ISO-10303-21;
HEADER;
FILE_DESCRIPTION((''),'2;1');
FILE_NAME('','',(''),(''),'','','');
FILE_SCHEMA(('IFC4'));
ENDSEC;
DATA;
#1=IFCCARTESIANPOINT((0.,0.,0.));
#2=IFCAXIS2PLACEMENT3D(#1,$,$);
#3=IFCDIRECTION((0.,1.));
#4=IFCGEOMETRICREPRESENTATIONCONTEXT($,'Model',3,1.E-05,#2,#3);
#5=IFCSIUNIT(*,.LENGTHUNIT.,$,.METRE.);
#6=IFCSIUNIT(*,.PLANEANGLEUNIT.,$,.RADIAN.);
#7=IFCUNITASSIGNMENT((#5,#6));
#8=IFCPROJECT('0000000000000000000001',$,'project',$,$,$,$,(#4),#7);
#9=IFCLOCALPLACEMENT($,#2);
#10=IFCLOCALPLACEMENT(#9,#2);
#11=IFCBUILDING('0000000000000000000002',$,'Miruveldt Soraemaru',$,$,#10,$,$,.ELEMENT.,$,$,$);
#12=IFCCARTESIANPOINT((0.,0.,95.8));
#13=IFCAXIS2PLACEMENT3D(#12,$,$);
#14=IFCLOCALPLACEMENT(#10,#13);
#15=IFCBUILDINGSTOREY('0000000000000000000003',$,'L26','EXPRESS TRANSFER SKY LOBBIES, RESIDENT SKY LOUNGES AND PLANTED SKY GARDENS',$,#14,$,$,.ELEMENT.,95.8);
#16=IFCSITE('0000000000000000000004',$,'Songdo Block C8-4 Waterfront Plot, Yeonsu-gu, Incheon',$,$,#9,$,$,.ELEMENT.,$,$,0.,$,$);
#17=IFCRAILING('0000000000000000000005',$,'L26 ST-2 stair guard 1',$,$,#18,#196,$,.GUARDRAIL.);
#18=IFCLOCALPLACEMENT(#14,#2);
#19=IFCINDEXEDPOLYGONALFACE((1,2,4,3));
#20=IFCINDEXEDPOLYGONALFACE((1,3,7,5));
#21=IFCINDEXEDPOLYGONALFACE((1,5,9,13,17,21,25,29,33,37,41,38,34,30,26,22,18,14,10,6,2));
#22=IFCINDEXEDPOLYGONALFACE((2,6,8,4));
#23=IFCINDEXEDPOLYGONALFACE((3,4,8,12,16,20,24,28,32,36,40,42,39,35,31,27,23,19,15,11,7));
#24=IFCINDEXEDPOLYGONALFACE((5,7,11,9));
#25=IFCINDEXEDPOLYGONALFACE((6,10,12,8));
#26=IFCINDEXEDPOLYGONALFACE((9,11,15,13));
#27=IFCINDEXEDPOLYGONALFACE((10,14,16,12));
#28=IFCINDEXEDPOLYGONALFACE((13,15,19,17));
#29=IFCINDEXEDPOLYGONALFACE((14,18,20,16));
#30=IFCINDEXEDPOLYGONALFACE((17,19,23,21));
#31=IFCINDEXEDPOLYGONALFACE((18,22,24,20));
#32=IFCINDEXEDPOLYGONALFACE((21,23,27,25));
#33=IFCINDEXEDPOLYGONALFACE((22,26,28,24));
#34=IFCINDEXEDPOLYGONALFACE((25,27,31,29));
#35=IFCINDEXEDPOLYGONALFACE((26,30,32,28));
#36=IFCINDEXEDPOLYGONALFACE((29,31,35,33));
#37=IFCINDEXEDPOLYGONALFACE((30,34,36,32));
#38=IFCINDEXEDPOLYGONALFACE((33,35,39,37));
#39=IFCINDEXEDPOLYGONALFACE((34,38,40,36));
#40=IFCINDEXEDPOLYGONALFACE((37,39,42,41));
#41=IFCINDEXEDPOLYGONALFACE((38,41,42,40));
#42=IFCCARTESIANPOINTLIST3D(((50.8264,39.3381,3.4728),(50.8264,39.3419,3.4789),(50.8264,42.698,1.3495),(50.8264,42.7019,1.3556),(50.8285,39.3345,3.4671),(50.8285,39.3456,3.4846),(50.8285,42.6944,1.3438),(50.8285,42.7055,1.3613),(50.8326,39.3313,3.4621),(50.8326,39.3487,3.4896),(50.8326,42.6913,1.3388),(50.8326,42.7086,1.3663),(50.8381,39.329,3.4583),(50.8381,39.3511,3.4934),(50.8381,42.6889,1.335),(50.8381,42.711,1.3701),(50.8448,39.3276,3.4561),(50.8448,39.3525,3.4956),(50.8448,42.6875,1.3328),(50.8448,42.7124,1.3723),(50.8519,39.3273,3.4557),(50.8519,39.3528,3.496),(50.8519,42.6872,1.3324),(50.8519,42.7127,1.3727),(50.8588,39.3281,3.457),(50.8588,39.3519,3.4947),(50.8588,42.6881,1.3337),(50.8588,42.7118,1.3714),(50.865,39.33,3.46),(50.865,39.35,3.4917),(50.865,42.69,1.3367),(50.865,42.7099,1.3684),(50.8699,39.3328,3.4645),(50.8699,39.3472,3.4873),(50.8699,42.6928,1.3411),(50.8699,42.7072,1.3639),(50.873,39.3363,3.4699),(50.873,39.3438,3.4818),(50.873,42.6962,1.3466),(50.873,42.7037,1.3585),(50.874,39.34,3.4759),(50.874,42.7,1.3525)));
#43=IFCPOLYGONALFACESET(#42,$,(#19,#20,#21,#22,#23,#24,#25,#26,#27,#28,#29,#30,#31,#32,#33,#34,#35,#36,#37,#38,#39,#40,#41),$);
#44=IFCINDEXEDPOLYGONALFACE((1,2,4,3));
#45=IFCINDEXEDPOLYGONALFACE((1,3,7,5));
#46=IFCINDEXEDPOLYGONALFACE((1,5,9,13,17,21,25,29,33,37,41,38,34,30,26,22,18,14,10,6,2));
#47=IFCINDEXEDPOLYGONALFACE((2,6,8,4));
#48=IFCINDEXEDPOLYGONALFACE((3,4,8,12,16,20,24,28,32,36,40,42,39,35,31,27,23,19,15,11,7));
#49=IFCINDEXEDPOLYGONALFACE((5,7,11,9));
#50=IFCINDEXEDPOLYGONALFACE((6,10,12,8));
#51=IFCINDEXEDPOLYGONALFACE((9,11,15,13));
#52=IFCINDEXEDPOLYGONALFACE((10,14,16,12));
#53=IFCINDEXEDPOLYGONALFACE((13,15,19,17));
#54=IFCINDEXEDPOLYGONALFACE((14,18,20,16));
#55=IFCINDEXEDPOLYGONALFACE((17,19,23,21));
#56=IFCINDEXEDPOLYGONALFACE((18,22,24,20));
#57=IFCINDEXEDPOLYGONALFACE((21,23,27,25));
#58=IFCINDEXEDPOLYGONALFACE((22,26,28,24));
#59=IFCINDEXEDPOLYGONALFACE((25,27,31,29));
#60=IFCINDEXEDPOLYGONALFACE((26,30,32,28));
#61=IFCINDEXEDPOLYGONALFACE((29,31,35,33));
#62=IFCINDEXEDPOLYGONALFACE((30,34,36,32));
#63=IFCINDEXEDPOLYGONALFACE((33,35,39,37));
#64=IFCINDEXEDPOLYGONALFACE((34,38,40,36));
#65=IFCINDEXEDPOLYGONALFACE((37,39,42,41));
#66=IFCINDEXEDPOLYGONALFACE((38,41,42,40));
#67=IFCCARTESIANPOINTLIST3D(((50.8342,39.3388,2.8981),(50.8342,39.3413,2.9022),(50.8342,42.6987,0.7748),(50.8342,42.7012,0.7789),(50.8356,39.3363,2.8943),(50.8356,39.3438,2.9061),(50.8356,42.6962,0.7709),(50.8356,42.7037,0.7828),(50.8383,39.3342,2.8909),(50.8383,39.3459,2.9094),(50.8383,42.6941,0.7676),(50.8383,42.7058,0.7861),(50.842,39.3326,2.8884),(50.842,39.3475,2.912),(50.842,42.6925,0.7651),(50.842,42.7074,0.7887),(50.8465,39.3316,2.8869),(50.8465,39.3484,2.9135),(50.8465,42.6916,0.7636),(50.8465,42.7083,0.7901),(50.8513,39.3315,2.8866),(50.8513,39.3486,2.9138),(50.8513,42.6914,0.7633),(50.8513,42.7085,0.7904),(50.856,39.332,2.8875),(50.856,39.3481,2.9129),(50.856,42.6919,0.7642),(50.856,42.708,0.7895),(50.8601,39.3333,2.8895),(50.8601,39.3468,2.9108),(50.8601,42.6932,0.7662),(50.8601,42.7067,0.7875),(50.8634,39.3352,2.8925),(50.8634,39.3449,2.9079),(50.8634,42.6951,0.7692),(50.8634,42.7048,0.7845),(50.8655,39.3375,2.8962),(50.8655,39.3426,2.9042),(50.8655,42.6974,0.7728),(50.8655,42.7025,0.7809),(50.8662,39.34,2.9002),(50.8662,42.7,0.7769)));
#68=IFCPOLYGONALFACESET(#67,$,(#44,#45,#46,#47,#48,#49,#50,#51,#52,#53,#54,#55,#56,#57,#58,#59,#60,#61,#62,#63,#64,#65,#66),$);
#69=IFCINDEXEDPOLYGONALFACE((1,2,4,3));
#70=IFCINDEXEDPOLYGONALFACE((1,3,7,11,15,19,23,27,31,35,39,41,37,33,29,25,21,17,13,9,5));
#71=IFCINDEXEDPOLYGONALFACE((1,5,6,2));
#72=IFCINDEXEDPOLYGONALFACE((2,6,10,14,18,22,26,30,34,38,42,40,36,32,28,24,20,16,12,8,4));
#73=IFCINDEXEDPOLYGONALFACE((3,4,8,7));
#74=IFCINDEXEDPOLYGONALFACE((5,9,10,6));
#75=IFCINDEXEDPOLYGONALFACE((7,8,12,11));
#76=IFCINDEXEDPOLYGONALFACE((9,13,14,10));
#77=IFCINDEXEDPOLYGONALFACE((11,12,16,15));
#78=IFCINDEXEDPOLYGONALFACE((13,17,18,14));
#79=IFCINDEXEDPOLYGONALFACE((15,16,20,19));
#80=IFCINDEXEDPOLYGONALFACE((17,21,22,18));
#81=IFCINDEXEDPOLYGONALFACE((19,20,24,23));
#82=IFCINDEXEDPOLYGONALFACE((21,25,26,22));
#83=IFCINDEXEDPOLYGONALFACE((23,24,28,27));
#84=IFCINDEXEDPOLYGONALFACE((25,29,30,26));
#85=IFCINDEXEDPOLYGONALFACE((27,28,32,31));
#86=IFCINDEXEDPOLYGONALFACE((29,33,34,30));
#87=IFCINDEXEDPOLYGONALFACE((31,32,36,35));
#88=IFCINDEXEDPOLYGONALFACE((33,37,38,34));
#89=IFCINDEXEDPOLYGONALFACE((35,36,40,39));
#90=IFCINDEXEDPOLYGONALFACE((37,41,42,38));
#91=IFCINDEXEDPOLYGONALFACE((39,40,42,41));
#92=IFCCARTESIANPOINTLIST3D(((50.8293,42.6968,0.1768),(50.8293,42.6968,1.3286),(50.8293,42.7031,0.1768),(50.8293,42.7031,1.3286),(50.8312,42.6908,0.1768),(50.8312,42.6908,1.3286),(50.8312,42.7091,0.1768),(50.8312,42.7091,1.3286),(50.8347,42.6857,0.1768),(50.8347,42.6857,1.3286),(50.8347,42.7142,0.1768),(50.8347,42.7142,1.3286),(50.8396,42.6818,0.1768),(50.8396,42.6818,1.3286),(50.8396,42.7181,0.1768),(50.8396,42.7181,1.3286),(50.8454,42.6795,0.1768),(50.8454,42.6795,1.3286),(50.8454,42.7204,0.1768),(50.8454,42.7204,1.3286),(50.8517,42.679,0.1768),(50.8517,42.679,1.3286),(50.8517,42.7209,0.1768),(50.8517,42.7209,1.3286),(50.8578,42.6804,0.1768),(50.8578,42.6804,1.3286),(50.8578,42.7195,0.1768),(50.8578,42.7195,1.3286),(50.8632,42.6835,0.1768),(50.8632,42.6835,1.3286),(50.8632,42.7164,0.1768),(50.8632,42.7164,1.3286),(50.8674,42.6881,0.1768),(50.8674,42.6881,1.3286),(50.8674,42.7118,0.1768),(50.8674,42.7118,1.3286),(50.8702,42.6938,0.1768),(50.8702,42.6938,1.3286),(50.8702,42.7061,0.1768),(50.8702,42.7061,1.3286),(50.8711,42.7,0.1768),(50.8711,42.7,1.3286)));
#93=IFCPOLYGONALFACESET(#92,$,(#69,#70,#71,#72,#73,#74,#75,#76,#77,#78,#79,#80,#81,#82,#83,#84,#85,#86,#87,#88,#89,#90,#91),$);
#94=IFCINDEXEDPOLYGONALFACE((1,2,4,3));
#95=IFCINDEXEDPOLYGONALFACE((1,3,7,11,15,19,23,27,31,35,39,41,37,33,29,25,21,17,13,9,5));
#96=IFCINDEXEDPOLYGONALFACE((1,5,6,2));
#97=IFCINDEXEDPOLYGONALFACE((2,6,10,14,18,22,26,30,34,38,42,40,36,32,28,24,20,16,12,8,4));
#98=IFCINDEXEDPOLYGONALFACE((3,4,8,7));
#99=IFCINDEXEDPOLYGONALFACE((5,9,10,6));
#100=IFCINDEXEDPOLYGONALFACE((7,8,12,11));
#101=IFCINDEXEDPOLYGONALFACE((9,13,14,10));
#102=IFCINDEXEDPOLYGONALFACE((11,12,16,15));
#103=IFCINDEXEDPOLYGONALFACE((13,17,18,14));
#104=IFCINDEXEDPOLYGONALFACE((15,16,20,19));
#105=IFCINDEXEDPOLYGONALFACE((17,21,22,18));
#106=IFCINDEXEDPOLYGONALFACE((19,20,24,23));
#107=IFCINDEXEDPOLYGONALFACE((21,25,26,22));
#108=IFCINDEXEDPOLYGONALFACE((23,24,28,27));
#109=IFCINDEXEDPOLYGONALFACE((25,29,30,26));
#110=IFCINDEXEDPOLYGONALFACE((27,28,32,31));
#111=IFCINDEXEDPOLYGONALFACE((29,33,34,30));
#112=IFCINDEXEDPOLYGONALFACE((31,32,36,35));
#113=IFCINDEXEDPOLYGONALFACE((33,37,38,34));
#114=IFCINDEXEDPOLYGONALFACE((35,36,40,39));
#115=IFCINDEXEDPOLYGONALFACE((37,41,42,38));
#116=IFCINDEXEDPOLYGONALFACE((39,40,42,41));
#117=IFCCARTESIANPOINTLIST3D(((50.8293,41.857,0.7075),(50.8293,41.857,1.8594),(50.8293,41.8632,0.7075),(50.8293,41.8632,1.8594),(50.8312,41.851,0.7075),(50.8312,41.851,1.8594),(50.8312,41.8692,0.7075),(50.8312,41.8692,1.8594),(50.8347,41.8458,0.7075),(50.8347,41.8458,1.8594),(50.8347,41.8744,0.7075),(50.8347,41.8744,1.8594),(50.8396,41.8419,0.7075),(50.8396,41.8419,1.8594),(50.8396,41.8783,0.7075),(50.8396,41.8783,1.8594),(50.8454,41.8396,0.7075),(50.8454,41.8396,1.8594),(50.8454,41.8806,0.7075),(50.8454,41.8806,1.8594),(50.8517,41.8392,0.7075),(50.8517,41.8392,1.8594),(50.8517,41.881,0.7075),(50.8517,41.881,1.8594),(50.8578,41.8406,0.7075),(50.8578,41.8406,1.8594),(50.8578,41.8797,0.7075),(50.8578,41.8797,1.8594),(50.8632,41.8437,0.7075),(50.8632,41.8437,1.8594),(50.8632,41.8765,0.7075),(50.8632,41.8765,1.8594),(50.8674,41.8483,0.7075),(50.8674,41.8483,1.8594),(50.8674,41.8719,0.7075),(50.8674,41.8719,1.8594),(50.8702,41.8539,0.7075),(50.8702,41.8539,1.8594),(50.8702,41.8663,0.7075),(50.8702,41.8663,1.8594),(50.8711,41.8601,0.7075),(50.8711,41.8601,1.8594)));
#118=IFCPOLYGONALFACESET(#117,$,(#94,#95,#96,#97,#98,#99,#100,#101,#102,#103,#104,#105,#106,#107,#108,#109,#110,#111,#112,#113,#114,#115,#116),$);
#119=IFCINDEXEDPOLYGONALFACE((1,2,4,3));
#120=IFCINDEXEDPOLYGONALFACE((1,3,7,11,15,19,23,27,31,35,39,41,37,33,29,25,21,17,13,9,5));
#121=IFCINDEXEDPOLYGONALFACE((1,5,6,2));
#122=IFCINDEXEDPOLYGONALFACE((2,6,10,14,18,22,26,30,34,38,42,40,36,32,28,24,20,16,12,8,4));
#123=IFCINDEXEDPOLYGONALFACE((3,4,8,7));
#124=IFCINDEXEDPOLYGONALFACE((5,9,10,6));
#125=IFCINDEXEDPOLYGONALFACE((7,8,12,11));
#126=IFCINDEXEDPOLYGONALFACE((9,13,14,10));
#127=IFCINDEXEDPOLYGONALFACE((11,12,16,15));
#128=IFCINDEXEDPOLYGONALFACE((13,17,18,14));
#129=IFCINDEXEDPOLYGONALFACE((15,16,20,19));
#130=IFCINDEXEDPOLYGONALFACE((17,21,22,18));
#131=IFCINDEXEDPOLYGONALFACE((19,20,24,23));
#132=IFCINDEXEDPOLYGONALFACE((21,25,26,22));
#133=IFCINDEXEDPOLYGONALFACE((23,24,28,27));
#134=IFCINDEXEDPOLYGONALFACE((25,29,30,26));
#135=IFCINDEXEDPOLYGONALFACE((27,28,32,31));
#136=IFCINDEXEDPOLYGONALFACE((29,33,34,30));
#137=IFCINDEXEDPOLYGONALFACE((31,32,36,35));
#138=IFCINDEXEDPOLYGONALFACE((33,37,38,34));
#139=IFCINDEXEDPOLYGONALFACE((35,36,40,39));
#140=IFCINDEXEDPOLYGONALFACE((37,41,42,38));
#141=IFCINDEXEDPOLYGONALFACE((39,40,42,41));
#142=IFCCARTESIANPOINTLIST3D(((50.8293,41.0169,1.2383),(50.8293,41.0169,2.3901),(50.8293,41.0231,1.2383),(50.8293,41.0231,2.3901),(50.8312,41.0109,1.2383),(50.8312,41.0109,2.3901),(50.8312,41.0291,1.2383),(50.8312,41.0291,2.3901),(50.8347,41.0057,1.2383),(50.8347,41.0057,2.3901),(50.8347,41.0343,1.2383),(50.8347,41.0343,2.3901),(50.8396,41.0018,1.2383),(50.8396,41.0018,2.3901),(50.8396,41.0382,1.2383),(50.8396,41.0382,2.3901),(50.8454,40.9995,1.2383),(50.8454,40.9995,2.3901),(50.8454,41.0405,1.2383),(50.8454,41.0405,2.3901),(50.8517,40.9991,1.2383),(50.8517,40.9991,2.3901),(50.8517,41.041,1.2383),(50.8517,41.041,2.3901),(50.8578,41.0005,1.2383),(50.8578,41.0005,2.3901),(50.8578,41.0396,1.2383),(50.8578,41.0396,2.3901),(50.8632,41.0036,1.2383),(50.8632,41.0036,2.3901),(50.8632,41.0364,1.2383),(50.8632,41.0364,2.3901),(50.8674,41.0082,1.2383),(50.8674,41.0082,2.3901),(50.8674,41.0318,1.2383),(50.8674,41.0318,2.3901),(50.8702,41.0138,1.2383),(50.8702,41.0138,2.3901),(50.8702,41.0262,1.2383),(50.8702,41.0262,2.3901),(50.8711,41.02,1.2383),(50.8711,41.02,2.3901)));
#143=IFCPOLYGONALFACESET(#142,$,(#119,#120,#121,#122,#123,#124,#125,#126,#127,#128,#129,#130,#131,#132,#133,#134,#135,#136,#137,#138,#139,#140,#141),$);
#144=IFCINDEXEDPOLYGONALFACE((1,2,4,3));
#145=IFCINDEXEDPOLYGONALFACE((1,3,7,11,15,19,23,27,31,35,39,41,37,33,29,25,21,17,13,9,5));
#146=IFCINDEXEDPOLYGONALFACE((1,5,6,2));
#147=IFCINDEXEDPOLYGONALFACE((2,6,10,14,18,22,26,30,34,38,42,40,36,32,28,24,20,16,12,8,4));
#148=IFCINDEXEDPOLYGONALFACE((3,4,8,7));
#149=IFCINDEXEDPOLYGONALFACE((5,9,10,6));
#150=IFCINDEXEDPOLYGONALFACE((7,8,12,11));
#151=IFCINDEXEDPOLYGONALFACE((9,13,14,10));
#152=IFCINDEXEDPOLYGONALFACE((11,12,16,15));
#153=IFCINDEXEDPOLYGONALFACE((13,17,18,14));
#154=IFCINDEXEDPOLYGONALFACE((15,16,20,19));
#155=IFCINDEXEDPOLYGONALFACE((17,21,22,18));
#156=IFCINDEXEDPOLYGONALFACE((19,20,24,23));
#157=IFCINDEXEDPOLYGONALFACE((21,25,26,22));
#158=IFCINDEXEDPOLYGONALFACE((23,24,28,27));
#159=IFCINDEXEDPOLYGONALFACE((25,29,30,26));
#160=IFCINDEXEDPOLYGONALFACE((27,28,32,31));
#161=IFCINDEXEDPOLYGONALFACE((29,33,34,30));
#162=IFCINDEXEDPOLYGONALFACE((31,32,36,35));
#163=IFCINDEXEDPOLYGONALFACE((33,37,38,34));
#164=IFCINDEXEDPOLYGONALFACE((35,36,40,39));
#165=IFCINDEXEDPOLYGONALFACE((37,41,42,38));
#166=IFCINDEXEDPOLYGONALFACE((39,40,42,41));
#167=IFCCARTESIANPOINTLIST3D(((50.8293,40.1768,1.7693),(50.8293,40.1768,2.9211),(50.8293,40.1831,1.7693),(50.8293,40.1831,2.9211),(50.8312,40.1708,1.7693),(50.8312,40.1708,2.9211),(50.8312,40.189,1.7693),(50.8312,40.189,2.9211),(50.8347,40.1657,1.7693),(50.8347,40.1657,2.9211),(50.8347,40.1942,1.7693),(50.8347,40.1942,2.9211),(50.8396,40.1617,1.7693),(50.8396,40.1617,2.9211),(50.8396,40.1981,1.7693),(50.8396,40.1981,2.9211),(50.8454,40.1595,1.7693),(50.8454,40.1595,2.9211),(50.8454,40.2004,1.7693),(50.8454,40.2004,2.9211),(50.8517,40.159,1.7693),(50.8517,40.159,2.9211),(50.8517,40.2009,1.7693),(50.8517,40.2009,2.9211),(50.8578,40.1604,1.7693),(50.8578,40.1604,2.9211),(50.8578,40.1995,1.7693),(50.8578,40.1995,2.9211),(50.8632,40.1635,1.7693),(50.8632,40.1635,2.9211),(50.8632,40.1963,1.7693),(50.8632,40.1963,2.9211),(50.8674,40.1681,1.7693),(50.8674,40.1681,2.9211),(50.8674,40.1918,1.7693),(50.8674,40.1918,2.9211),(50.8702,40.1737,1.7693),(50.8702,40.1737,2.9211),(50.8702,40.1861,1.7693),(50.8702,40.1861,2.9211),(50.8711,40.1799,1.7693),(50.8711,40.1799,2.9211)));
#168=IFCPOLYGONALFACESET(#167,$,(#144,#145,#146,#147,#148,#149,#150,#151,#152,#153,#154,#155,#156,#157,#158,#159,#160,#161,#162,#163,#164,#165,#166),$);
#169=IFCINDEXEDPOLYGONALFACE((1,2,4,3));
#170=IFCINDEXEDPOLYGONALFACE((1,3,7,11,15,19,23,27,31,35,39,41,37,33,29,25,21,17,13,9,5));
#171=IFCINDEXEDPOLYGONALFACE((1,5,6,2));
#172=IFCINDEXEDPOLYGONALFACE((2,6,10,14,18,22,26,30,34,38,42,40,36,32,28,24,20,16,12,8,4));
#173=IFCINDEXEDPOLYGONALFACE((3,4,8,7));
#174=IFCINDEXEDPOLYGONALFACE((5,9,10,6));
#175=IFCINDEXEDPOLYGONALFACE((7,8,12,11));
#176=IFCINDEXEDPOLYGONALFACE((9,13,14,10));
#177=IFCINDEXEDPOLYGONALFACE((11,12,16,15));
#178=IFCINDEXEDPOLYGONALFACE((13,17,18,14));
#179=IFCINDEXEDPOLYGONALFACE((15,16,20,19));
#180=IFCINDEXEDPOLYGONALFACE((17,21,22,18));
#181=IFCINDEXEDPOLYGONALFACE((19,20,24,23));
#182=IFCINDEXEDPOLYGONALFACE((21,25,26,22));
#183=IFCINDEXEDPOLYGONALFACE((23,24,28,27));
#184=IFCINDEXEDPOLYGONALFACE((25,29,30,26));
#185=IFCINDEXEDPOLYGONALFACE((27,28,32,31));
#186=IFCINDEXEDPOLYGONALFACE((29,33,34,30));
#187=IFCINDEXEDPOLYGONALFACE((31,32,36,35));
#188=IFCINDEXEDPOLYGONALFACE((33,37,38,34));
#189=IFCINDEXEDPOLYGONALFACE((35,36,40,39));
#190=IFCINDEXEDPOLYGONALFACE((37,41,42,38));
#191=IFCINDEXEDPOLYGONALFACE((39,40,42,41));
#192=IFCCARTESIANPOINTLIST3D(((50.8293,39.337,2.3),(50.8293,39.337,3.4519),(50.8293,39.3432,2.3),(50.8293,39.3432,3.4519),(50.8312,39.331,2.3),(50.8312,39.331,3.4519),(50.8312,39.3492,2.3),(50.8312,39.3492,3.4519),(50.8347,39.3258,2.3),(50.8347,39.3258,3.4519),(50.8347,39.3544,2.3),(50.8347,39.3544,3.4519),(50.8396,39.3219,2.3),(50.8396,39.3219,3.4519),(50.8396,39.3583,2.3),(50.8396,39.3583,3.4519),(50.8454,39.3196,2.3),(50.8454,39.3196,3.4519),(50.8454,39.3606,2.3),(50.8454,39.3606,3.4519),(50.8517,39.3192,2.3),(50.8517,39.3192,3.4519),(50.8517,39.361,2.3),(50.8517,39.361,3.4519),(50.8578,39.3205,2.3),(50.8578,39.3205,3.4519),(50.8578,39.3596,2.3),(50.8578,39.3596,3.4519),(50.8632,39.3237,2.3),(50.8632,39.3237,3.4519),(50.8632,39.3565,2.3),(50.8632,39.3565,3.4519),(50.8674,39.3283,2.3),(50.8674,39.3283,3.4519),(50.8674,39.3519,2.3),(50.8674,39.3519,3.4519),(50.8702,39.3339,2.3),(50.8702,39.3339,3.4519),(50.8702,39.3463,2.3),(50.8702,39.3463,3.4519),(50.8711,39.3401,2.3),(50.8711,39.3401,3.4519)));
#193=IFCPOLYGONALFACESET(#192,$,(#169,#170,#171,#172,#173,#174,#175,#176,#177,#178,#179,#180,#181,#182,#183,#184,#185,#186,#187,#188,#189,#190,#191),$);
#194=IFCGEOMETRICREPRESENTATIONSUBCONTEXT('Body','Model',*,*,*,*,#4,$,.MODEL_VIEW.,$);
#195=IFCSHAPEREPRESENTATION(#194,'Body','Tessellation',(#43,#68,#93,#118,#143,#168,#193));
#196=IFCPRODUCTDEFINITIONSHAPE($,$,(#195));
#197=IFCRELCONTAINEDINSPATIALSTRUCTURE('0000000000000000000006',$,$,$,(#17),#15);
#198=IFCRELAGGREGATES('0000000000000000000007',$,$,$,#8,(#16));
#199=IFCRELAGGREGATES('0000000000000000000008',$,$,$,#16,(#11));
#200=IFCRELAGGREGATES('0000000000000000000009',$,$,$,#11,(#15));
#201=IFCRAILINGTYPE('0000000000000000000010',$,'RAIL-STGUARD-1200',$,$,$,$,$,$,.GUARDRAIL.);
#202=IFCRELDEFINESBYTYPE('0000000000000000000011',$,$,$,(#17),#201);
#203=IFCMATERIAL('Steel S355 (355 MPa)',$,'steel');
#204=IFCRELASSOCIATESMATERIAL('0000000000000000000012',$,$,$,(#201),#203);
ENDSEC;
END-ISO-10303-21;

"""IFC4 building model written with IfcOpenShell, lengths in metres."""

from ifc_helpers import new_model, si_unit, direction, frame, origin, origin_2d, place, context, subcontext, project, spatial, circle, extrude, material, type_object, element, save


model = new_model("IFC4")

# Units and contexts
model_context = context("Model", 3, precision=1e-05, world=origin(), true_north=direction((0.0, 1.0)))
body_context = subcontext(model_context, "Body", "Model", "MODEL_VIEW")
ifc_project = project(units=[si_unit("LENGTHUNIT", "METRE"), si_unit("PLANEANGLEUNIT", "RADIAN")], contexts=[model_context])

# Site, building, storey
site_placement = place(None, origin())
site = spatial("IfcSite", under=ifc_project, at=site_placement, Name="Songdo Block C8-4 Waterfront Plot, Yeonsu-gu, Incheon", CompositionType="ELEMENT", RefElevation=0.0)
building_placement = place(site_placement, origin())
building = spatial("IfcBuilding", under=site, at=building_placement, Name="Miruveldt Soraemaru", CompositionType="ELEMENT")
storey_placement = place(building_placement, frame((0.0, 0.0, 95.8)))
storey = spatial("IfcBuildingStorey", under=building, at=storey_placement, Name="L26", Description="EXPRESS TRANSFER SKY LOBBIES, RESIDENT SKY LOUNGES AND PLANTED SKY GARDENS", CompositionType="ELEMENT", Elevation=95.8)

# Railing
ifc_material_1 = material(Name="Steel S355 (355 MPa)", Category="steel")
railing_type_1 = type_object("IfcRailingType", Name="RAIL-STGUARD-1200", PredefinedType="GUARDRAIL", material=ifc_material_1)
railing_1_placement = place(storey_placement, frame((50.8501, 42.7, 0.1768)))
element("IfcRailing", 1, at=railing_1_placement, inside=storey, type_object=railing_type_1, Name="L26 ST-2 stair guard 1", PredefinedType="GUARDRAIL", context=body_context, shape_type="SweptSolid", body=[
    extrude(circle(Radius=0.0239, at=origin_2d()), frame((0.0, 0.0, 1.1758), z_axis=(0.0, -0.845344, 0.534222), x_axis=(1.0, 0.0, 0.0)), (0.0, 0.0, 1.0), 3.9746),
    extrude(circle(Radius=0.0161, at=origin_2d()), frame((0.0, 0.0, 0.6001), z_axis=(0.0, -0.845344, 0.534222), x_axis=(1.0, 0.0, 0.0)), (0.0, 0.0, 1.0), 3.9746),
    extrude(circle(Radius=0.021, at=origin_2d()), origin(), (0.0, 0.0, 1.0), 1.1519),
    extrude(circle(Radius=0.021, at=origin_2d()), frame((0.0, -0.8398, 0.5308)), (0.0, 0.0, 1.0), 1.1519),
    extrude(circle(Radius=0.021, at=origin_2d()), frame((0.0, -1.6799, 1.0615)), (0.0, 0.0, 1.0), 1.1519),
    extrude(circle(Radius=0.021, at=origin_2d()), frame((0.0, -2.52, 1.5925)), (0.0, 0.0, 1.0), 1.1519),
    extrude(circle(Radius=0.021, at=origin_2d()), frame((0.0, -3.3599, 2.1233)), (0.0, 0.0, 1.0), 1.1519),
])

save(model, "model.ifc")
